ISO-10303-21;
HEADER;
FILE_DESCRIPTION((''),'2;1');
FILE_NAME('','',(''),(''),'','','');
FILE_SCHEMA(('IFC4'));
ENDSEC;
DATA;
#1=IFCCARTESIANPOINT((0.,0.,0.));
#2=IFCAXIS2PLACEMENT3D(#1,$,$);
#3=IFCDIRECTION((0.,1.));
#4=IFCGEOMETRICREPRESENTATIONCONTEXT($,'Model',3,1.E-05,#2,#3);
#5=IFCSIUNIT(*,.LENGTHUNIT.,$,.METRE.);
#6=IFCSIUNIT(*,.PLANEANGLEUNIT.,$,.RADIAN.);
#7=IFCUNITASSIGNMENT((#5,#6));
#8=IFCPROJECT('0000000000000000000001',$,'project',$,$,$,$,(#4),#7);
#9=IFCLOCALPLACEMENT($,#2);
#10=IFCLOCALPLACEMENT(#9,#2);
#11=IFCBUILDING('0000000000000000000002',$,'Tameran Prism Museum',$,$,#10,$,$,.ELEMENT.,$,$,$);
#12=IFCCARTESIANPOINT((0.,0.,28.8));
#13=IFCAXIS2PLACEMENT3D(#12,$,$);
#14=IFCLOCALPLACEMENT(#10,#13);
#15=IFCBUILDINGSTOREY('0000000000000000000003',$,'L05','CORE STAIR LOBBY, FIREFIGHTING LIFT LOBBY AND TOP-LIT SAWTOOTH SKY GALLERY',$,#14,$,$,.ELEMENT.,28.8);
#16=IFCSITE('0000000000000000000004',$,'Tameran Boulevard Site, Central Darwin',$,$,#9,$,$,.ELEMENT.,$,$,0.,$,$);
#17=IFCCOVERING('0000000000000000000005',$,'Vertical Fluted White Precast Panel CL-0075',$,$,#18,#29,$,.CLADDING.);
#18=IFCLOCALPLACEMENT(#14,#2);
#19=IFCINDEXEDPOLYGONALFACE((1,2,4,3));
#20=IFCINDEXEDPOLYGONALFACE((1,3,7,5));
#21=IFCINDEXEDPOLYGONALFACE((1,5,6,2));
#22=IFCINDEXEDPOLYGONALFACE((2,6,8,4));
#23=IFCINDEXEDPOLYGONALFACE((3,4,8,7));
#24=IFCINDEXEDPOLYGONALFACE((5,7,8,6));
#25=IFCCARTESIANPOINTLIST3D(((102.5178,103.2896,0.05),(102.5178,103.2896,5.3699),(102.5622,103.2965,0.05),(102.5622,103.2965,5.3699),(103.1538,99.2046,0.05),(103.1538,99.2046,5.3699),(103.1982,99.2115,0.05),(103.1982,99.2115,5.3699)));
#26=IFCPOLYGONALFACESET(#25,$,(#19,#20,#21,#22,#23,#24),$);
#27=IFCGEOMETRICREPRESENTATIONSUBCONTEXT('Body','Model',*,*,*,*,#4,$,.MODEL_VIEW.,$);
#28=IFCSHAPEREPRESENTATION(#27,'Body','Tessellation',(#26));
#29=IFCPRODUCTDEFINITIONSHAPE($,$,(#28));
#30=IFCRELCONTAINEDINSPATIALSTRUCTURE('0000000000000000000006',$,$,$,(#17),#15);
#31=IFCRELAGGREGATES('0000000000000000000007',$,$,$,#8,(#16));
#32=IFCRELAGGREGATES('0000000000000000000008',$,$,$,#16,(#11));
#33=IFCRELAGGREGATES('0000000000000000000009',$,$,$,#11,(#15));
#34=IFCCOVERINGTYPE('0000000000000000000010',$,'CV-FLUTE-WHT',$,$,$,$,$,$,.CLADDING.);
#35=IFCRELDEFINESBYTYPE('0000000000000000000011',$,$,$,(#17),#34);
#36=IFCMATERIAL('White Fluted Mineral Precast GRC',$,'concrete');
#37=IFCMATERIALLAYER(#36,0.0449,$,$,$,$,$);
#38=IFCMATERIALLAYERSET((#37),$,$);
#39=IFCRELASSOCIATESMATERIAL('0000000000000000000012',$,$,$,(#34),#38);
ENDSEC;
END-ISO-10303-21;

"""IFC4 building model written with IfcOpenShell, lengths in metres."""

from ifc_helpers import new_model, si_unit, direction, frame, frame_2d, origin, place, context, subcontext, project, spatial, rectangle, extrude, material, layer, layer_set, type_object, element, save


model = new_model("IFC4")

# Units and contexts
model_context = context("Model", 3, precision=1e-05, world=origin(), true_north=direction((0.0, 1.0)))
body_context = subcontext(model_context, "Body", "Model", "MODEL_VIEW")
ifc_project = project(units=[si_unit("LENGTHUNIT", "METRE"), si_unit("PLANEANGLEUNIT", "RADIAN")], contexts=[model_context])

# Site, building, storey
site_placement = place(None, origin())
site = spatial("IfcSite", under=ifc_project, at=site_placement, Name="Tameran Boulevard Site, Central Darwin", CompositionType="ELEMENT", RefElevation=0.0)
building_placement = place(site_placement, origin())
building = spatial("IfcBuilding", under=site, at=building_placement, Name="Tameran Prism Museum", CompositionType="ELEMENT")
storey_placement = place(building_placement, frame((0.0, 0.0, 28.8)))
storey = spatial("IfcBuildingStorey", under=building, at=storey_placement, Name="L05", Description="CORE STAIR LOBBY, FIREFIGHTING LIFT LOBBY AND TOP-LIT SAWTOOTH SKY GALLERY", CompositionType="ELEMENT", Elevation=28.8)

# Covering
ifc_material_1 = material(Name="White Fluted Mineral Precast GRC", Category="concrete")
ifc_layer_1 = layer(ifc_material_1, 0.0449)
ifc_layer_set_1 = layer_set([ifc_layer_1])
covering_type = type_object("IfcCoveringType", Name="CV-FLUTE-WHT", PredefinedType="CLADDING", material=ifc_layer_set_1)
covering_placement = place(storey_placement, frame((103.176, 99.208, 0.05), z_axis=(0.0, 0.0, 1.0), x_axis=(-0.153836, 0.988096, 0.0)))
element("IfcCovering", 1, at=covering_placement, inside=storey, type_object=covering_type, Name="Vertical Fluted White Precast Panel CL-0075", PredefinedType="CLADDING", context=body_context, shape_type="SweptSolid", body=[
    extrude(rectangle(XDim=4.1343, YDim=0.0449, at=frame_2d((2.0671, 0.0))), origin(), (0.0, 0.0, 1.0), 5.3198),
])

save(model, "model.ifc")
